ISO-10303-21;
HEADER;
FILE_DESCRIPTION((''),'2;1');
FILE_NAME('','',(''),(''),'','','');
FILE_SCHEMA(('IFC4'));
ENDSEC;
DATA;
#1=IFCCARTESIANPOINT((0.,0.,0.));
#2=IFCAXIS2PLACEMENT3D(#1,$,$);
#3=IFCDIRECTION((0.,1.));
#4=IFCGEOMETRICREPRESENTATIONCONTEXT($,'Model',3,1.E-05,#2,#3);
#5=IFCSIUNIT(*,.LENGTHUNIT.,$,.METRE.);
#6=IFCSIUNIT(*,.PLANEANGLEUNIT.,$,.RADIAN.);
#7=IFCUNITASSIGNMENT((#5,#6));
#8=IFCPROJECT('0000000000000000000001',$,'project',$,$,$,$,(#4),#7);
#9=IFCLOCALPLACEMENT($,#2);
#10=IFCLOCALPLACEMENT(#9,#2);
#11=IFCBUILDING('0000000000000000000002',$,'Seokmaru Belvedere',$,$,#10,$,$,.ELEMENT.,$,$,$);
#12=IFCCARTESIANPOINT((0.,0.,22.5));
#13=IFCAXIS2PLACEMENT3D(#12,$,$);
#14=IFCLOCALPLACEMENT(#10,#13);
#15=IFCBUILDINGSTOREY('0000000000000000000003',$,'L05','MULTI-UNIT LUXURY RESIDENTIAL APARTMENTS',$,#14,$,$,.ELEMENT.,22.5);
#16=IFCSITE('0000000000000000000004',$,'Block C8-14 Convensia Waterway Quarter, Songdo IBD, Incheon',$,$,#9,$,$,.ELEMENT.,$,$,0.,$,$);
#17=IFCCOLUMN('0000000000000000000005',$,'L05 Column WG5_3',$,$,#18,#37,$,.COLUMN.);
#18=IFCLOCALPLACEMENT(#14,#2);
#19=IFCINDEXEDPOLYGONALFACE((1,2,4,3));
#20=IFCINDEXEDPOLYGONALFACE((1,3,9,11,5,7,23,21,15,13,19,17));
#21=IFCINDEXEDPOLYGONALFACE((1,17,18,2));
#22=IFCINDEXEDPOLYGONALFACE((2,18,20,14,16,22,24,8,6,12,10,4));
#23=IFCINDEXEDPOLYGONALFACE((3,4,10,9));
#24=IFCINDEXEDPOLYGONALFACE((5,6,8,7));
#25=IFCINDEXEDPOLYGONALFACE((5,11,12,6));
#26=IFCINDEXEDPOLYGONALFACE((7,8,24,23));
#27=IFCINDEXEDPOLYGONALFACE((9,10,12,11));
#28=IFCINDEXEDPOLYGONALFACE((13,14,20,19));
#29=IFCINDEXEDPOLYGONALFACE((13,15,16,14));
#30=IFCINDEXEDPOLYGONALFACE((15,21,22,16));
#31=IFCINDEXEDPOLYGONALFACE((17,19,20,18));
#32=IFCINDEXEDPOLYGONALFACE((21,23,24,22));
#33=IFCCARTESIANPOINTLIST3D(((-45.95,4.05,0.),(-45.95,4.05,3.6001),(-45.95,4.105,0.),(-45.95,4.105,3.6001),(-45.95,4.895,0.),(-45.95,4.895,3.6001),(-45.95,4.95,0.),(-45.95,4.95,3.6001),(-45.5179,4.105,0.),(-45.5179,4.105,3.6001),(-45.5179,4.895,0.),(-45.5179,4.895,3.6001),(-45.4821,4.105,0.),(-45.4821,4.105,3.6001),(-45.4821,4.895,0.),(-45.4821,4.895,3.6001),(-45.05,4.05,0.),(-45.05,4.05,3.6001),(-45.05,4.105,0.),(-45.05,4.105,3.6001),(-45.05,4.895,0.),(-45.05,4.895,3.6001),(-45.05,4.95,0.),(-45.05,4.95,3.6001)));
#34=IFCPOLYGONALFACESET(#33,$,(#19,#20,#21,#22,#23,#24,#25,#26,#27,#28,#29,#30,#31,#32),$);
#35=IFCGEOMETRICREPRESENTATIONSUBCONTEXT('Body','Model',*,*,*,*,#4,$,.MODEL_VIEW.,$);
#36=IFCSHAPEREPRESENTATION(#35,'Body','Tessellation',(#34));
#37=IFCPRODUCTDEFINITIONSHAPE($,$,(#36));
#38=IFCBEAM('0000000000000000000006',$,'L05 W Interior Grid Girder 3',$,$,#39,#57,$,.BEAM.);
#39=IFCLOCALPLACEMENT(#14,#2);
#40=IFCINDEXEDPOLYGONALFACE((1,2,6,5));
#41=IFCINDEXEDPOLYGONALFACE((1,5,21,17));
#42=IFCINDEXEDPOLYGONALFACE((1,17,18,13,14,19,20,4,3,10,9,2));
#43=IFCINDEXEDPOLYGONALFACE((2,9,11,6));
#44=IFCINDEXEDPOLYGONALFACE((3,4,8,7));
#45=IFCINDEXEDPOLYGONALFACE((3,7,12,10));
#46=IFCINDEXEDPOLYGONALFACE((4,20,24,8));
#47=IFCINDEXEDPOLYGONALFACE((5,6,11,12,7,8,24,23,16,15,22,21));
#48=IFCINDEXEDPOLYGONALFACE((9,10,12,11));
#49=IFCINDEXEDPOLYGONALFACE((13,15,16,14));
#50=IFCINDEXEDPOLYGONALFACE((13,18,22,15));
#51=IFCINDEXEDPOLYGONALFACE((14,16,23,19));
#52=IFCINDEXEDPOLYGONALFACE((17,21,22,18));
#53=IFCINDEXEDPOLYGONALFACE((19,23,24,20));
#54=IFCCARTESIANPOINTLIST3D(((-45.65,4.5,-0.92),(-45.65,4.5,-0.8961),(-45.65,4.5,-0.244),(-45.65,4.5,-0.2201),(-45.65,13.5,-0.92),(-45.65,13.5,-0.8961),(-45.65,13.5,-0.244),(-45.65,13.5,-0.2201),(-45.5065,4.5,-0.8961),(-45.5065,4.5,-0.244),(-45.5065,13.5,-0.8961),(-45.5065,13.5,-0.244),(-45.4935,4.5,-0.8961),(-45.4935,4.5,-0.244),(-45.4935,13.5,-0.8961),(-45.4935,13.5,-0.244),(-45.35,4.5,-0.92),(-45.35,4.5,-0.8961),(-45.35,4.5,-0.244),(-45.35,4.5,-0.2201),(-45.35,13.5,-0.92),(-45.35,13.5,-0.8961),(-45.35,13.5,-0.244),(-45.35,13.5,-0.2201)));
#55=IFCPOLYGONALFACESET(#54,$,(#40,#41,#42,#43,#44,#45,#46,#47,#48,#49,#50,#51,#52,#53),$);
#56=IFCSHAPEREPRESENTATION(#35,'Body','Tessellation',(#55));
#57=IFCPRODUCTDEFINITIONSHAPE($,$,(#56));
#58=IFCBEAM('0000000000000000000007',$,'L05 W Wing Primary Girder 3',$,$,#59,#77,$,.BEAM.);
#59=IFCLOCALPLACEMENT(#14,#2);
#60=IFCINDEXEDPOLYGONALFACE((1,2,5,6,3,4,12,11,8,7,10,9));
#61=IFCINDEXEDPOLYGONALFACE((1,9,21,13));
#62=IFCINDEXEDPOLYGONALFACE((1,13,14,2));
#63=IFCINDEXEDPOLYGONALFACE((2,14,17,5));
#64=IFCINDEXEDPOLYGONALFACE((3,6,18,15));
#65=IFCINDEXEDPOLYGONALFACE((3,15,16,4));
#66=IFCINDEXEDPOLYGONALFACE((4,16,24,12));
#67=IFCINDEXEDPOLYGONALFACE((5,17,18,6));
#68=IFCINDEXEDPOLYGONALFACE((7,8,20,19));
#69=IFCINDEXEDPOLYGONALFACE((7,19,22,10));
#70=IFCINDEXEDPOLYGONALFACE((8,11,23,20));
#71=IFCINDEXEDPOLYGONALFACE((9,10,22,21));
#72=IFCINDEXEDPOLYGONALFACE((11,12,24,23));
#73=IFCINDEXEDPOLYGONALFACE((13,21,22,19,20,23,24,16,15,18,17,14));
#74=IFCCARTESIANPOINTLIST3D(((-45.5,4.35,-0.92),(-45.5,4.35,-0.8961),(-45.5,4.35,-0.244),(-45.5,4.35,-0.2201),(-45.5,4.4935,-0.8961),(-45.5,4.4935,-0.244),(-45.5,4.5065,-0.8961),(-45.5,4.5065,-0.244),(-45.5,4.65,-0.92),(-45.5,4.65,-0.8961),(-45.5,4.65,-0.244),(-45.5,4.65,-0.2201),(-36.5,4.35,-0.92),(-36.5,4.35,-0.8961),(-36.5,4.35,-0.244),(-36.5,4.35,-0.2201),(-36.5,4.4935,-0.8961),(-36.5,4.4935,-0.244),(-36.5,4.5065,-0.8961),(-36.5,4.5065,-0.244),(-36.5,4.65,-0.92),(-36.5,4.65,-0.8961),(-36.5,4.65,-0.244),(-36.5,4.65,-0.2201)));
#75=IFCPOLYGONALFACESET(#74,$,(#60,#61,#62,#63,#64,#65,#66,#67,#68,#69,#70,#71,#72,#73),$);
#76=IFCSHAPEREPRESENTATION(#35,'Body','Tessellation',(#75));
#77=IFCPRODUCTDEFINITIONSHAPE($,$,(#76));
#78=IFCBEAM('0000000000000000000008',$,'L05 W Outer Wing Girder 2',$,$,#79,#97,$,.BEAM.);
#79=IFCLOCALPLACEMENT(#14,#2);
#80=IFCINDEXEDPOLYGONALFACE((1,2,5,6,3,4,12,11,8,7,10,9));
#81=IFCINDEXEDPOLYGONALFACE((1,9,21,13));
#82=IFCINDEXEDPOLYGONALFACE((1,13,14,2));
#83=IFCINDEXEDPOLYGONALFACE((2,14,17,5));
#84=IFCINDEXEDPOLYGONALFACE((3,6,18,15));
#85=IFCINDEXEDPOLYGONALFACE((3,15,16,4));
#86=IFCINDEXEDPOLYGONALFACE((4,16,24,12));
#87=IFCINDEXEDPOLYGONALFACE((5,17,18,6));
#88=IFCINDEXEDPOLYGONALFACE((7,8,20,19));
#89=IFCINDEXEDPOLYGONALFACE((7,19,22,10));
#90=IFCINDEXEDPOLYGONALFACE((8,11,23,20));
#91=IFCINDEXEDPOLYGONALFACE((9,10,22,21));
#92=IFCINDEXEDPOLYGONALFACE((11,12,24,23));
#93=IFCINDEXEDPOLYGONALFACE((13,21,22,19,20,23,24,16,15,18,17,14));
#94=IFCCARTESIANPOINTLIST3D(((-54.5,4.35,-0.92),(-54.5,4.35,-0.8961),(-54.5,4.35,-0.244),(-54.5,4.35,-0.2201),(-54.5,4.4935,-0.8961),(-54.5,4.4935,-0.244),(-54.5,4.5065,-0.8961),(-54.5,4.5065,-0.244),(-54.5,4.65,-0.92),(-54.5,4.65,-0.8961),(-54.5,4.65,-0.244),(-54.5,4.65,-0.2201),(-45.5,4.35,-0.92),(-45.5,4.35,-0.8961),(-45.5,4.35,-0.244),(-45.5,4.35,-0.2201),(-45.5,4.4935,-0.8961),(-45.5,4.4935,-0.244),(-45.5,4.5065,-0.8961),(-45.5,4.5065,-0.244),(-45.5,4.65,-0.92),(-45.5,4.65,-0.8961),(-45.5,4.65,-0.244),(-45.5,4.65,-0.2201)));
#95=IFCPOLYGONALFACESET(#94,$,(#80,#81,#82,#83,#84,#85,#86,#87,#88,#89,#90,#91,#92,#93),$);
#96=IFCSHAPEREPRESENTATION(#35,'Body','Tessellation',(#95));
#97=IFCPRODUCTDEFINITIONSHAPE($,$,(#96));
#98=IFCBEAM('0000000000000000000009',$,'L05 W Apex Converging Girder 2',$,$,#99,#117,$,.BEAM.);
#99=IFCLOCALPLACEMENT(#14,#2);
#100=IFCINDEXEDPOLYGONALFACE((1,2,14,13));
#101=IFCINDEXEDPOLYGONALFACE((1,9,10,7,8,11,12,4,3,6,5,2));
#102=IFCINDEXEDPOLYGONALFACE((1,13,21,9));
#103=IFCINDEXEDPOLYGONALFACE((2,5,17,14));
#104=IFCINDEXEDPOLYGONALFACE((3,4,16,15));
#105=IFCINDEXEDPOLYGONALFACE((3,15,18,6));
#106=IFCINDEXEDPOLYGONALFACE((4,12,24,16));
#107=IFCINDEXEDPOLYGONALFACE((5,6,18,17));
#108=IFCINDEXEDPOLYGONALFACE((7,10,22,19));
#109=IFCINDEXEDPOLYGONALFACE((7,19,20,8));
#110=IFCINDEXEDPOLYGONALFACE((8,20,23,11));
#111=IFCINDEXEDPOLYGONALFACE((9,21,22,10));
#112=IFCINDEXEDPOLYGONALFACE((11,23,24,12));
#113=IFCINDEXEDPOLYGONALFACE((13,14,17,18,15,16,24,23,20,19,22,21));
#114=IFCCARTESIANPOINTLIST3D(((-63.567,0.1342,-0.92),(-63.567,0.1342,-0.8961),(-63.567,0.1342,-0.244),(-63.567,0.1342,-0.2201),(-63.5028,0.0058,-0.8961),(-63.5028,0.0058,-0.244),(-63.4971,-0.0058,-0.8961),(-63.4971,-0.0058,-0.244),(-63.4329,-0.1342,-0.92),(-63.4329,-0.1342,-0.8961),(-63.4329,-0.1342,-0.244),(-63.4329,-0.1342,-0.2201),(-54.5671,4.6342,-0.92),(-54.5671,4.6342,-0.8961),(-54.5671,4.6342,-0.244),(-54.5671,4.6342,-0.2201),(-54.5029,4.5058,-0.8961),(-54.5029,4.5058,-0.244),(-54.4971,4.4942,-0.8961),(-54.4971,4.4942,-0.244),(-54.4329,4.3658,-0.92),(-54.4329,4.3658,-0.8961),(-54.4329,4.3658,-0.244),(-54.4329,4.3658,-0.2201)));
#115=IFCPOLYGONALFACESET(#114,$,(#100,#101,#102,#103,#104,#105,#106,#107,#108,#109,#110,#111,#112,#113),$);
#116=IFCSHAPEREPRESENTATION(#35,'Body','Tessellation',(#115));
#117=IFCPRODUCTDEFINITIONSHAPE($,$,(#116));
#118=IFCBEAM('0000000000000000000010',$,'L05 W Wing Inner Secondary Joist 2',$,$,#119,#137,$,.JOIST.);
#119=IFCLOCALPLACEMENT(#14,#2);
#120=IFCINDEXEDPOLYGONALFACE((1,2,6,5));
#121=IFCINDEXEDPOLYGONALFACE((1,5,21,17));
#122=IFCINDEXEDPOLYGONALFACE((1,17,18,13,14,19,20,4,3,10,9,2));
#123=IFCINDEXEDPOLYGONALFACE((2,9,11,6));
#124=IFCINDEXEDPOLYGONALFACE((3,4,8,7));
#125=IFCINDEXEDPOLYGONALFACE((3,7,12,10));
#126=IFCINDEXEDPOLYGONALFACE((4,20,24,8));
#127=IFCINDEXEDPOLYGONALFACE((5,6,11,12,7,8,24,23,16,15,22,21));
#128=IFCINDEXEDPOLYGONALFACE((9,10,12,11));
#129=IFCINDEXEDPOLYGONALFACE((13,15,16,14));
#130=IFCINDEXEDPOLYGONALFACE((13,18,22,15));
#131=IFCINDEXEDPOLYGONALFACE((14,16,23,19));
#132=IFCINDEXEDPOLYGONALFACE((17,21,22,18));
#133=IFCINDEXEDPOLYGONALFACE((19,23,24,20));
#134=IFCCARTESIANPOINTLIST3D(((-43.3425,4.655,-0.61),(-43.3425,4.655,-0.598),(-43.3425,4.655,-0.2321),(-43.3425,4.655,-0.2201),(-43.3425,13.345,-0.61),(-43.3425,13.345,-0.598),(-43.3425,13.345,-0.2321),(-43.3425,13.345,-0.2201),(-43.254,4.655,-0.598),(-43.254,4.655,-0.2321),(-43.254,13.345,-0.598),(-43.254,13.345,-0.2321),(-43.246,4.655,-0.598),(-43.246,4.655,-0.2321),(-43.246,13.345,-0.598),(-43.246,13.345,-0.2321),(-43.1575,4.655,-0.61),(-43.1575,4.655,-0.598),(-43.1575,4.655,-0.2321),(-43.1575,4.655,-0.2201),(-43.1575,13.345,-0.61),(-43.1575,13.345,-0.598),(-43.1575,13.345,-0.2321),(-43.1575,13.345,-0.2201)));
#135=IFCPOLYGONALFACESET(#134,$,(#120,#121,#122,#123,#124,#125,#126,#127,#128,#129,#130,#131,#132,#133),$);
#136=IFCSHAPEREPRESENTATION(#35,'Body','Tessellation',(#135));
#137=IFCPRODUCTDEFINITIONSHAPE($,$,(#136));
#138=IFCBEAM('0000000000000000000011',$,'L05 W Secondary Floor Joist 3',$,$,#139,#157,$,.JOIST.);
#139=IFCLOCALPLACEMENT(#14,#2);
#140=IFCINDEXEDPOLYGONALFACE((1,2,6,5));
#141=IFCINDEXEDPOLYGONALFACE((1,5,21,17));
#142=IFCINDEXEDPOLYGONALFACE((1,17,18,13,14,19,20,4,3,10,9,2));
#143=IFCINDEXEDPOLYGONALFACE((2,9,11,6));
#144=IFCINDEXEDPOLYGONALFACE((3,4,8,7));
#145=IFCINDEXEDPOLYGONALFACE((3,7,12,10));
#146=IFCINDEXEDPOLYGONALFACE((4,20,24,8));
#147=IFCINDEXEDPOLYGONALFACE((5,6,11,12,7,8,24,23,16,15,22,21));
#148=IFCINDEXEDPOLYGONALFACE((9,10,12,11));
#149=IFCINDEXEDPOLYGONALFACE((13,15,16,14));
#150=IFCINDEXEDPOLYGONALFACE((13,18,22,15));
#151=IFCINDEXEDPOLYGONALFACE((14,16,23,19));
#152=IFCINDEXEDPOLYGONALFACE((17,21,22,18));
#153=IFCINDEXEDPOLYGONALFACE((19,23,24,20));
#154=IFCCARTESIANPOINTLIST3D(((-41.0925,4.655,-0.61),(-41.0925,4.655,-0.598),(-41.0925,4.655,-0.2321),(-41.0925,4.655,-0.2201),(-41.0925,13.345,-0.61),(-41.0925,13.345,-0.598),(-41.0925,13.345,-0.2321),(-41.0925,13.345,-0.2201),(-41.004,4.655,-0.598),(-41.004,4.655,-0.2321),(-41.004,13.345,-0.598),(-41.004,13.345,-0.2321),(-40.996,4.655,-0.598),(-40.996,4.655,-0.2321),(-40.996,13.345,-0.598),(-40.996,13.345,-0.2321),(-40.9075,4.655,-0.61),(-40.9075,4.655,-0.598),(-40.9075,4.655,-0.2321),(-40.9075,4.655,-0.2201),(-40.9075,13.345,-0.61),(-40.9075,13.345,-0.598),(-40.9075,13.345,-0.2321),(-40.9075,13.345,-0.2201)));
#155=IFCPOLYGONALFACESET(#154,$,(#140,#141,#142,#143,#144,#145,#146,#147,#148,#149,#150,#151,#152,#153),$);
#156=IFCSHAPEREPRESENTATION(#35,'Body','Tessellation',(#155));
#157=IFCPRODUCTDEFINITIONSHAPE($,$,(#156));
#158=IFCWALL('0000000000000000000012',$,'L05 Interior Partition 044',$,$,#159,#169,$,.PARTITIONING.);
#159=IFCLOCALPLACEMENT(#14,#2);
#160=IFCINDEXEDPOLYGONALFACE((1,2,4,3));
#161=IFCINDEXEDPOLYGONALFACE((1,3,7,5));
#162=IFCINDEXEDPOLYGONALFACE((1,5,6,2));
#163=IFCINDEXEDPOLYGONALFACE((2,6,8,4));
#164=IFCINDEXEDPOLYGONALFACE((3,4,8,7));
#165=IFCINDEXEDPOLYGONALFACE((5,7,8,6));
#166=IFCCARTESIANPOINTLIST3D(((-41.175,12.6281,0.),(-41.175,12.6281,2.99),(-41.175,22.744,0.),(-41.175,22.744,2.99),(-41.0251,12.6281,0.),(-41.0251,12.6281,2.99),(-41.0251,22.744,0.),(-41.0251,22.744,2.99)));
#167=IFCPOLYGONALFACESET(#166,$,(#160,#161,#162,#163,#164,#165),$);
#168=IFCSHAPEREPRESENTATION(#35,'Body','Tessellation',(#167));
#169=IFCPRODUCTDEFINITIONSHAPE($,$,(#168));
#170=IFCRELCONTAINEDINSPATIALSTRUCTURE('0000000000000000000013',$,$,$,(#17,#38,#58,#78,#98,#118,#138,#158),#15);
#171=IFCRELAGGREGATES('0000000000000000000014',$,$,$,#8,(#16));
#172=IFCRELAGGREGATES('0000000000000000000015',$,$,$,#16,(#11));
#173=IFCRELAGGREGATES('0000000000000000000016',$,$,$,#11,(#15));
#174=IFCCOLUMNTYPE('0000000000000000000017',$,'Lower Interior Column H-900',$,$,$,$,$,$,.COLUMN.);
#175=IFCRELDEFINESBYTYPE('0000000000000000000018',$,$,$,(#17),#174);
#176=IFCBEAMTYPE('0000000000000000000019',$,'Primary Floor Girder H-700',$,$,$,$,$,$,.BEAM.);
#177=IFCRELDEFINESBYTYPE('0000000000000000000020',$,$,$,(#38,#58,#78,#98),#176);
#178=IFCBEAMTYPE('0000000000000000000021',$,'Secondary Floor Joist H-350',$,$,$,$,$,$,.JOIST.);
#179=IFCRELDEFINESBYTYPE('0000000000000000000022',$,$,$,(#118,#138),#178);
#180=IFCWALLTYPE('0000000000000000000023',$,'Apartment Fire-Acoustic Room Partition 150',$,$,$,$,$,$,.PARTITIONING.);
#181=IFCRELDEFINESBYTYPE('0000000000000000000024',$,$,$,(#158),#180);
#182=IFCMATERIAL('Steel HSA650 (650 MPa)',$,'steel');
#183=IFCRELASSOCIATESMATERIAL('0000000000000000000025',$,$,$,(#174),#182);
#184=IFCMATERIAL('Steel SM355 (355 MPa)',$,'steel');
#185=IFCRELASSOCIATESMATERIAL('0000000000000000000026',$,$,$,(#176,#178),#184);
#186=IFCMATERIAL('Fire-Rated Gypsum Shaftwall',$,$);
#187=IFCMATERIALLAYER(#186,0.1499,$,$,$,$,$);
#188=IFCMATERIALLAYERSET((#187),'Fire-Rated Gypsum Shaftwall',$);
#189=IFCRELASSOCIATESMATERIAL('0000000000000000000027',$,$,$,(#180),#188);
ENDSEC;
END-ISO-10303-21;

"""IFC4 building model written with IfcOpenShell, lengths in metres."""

from ifc_helpers import new_model, si_unit, direction, frame, frame_2d, origin, origin_2d, place, context, subcontext, project, spatial, rectangle, i_section, extrude, source, transform, mapped, material, layer, layer_set, material_profile, profile_set, type_object, type_shapes, element, save


model = new_model("IFC4")

# Units and contexts
model_context = context("Model", 3, precision=1e-05, world=origin(), true_north=direction((0.0, 1.0)))
body_context = subcontext(model_context, "Body", "Model", "MODEL_VIEW")
ifc_project = project(units=[si_unit("LENGTHUNIT", "METRE"), si_unit("PLANEANGLEUNIT", "RADIAN")], contexts=[model_context])

# Site, building, storey
site_placement = place(None, origin())
site = spatial("IfcSite", under=ifc_project, at=site_placement, Name="Block C8-14 Convensia Waterway Quarter, Songdo IBD, Incheon", CompositionType="ELEMENT", RefElevation=0.0)
building_placement = place(site_placement, origin())
building = spatial("IfcBuilding", under=site, at=building_placement, Name="Seokmaru Belvedere", CompositionType="ELEMENT")
storey_placement = place(building_placement, frame((0.0, 0.0, 22.5)))
storey = spatial("IfcBuildingStorey", under=building, at=storey_placement, Name="L05", Description="MULTI-UNIT LUXURY RESIDENTIAL APARTMENTS", CompositionType="ELEMENT", Elevation=22.5)

# Column
ifc_material_1 = material(Name="Steel HSA650 (650 MPa)", Category="steel")
ifc_material_profile_1 = material_profile(ifc_material_1, i_section(OverallWidth=0.8999, OverallDepth=0.8999, WebThickness=0.0359, FlangeThickness=0.0549, at=origin_2d()), Name="H-900x900x36x55")
ifc_profile_set_1 = profile_set([ifc_material_profile_1], Name="Steel HSA650 (650 MPa)")
column_type = type_object("IfcColumnType", Name="Lower Interior Column H-900", PredefinedType="COLUMN", material=ifc_profile_set_1)
shared_shape_1 = source(origin(), body_context, "Body", "SweptSolid", [
    extrude(i_section(OverallWidth=0.8999, OverallDepth=0.8999, WebThickness=0.0359, FlangeThickness=0.0549, at=origin_2d()), origin(), (0.0, 0.0, 1.0), 3.6001),
])
type_shapes(column_type, [shared_shape_1])
column_placement = place(storey_placement, frame((-45.5, 4.5, 0.0), z_axis=(0.0, 0.0, 1.0), x_axis=(1.0, 0.0, 0.0)))
element("IfcColumn", 1, at=column_placement, inside=storey, type_object=column_type, Name="L05 Column WG5_3", PredefinedType="COLUMN", context=body_context, shape_type="MappedRepresentation", body=[
    mapped(shared_shape_1, transform((0.0, 0.0, 0.0), scale=1.0)),
])

# Beams
ifc_material_2 = material(Name="Steel SM355 (355 MPa)", Category="steel")
ifc_material_profile_2 = material_profile(ifc_material_2, i_section(OverallWidth=0.3, OverallDepth=0.7, WebThickness=0.0129, FlangeThickness=0.0239, at=origin_2d()), Name="H-700x300x13x24")
ifc_profile_set_2 = profile_set([ifc_material_profile_2], Name="Steel SM355 (355 MPa)")
beam_type_1 = type_object("IfcBeamType", Name="Primary Floor Girder H-700", PredefinedType="BEAM", material=ifc_profile_set_2)
shared_shape_2 = source(origin(), body_context, "Body", "SweptSolid", [
    extrude(i_section(OverallWidth=0.3, OverallDepth=0.7, WebThickness=0.0129, FlangeThickness=0.0239, at=origin_2d()), origin(), (0.0, 0.0, 1.0), 9.0),
])
for number, where, z_axis, x_axis, name in (
    (2, (-45.5, 4.5, -0.5701), (0.0, 1.0, 0.0), (-1.0, 0.0, 0.0), "L05 W Interior Grid Girder 3"),
    (3, (-45.5, 4.5, -0.5701), (1.0, 0.0, 0.0), (0.0, 1.0, 0.0), "L05 W Wing Primary Girder 3"),
    (4, (-54.5, 4.5, -0.5701), (1.0, 0.0, 0.0), (0.0, 1.0, 0.0), "L05 W Outer Wing Girder 2"),
):
    element("IfcBeam", number, at=place(storey_placement, frame(where, z_axis=z_axis, x_axis=x_axis)), inside=storey, type_object=beam_type_1, Name=name, PredefinedType="BEAM", context=body_context, shape_type="MappedRepresentation", body=[
        mapped(shared_shape_2, transform((0.0, 0.0, 0.0), scale=1.0)),
    ])
shared_shape_3 = source(origin(), body_context, "Body", "SweptSolid", [
    extrude(i_section(OverallWidth=0.3, OverallDepth=0.7, WebThickness=0.0129, FlangeThickness=0.0239, at=origin_2d()), origin(), (0.0, 0.0, 1.0), 10.0623),
])
type_shapes(beam_type_1, [shared_shape_2, shared_shape_3])
beam_placement = place(storey_placement, frame((-54.5, 4.5, -0.5701), z_axis=(-0.894427, -0.447214, 0.0), x_axis=(0.447214, -0.894427, 0.0)))
element("IfcBeam", 5, at=beam_placement, inside=storey, type_object=beam_type_1, Name="L05 W Apex Converging Girder 2", PredefinedType="BEAM", context=body_context, shape_type="MappedRepresentation", body=[
    mapped(shared_shape_3, transform((0.0, 0.0, 0.0), scale=1.0)),
])
ifc_material_profile_3 = material_profile(ifc_material_2, i_section(OverallWidth=0.1851, OverallDepth=0.3899, WebThickness=0.0081, FlangeThickness=0.012, at=origin_2d()), Name="H-390x185x8x12")
ifc_profile_set_3 = profile_set([ifc_material_profile_3], Name="Steel SM355 (355 MPa)")
beam_type_2 = type_object("IfcBeamType", Name="Secondary Floor Joist H-350", PredefinedType="JOIST", material=ifc_profile_set_3)
shared_shape_4 = source(origin(), body_context, "Body", "SweptSolid", [
    extrude(i_section(OverallWidth=0.1851, OverallDepth=0.3899, WebThickness=0.0081, FlangeThickness=0.012, at=origin_2d()), origin(), (0.0, 0.0, 1.0), 8.6899),
])
type_shapes(beam_type_2, [shared_shape_4])
for number, where, z_axis, x_axis, name in (
    (6, (-43.25, 4.655, -0.415), (0.0, 1.0, 0.0), (-1.0, 0.0, 0.0), "L05 W Wing Inner Secondary Joist 2"),
    (7, (-41.0, 4.655, -0.415), (0.0, 1.0, 0.0), (-1.0, 0.0, 0.0), "L05 W Secondary Floor Joist 3"),
):
    element("IfcBeam", number, at=place(storey_placement, frame(where, z_axis=z_axis, x_axis=x_axis)), inside=storey, type_object=beam_type_2, Name=name, PredefinedType="JOIST", context=body_context, shape_type="MappedRepresentation", body=[
        mapped(shared_shape_4, transform((0.0, 0.0, 0.0), scale=1.0)),
    ])

# Shared definitions
ifc_material_3 = material(Name="Fire-Rated Gypsum Shaftwall")
ifc_layer_1 = layer(ifc_material_3, 0.1499)
ifc_layer_set_1 = layer_set([ifc_layer_1], Name="Fire-Rated Gypsum Shaftwall")
wall_type_1 = type_object("IfcWallType", Name="Apartment Fire-Acoustic Room Partition 150", PredefinedType="PARTITIONING", material=ifc_layer_set_1)

# Wall
wall_1_placement = place(storey_placement, frame((-41.1001, 12.6279, 0.0), z_axis=(0.0, 0.0, 1.0), x_axis=(0.0, 1.0, 0.0)))
element("IfcWall", 8, at=wall_1_placement, inside=storey, type_object=wall_type_1, Name="L05 Interior Partition 044", PredefinedType="PARTITIONING", context=body_context, shape_type="SweptSolid", body=[
    extrude(rectangle(XDim=10.116, YDim=0.1499, at=frame_2d((5.0581, 0.0))), origin(), (0.0, 0.0, 1.0), 2.99),
])

save(model, "model.ifc")
